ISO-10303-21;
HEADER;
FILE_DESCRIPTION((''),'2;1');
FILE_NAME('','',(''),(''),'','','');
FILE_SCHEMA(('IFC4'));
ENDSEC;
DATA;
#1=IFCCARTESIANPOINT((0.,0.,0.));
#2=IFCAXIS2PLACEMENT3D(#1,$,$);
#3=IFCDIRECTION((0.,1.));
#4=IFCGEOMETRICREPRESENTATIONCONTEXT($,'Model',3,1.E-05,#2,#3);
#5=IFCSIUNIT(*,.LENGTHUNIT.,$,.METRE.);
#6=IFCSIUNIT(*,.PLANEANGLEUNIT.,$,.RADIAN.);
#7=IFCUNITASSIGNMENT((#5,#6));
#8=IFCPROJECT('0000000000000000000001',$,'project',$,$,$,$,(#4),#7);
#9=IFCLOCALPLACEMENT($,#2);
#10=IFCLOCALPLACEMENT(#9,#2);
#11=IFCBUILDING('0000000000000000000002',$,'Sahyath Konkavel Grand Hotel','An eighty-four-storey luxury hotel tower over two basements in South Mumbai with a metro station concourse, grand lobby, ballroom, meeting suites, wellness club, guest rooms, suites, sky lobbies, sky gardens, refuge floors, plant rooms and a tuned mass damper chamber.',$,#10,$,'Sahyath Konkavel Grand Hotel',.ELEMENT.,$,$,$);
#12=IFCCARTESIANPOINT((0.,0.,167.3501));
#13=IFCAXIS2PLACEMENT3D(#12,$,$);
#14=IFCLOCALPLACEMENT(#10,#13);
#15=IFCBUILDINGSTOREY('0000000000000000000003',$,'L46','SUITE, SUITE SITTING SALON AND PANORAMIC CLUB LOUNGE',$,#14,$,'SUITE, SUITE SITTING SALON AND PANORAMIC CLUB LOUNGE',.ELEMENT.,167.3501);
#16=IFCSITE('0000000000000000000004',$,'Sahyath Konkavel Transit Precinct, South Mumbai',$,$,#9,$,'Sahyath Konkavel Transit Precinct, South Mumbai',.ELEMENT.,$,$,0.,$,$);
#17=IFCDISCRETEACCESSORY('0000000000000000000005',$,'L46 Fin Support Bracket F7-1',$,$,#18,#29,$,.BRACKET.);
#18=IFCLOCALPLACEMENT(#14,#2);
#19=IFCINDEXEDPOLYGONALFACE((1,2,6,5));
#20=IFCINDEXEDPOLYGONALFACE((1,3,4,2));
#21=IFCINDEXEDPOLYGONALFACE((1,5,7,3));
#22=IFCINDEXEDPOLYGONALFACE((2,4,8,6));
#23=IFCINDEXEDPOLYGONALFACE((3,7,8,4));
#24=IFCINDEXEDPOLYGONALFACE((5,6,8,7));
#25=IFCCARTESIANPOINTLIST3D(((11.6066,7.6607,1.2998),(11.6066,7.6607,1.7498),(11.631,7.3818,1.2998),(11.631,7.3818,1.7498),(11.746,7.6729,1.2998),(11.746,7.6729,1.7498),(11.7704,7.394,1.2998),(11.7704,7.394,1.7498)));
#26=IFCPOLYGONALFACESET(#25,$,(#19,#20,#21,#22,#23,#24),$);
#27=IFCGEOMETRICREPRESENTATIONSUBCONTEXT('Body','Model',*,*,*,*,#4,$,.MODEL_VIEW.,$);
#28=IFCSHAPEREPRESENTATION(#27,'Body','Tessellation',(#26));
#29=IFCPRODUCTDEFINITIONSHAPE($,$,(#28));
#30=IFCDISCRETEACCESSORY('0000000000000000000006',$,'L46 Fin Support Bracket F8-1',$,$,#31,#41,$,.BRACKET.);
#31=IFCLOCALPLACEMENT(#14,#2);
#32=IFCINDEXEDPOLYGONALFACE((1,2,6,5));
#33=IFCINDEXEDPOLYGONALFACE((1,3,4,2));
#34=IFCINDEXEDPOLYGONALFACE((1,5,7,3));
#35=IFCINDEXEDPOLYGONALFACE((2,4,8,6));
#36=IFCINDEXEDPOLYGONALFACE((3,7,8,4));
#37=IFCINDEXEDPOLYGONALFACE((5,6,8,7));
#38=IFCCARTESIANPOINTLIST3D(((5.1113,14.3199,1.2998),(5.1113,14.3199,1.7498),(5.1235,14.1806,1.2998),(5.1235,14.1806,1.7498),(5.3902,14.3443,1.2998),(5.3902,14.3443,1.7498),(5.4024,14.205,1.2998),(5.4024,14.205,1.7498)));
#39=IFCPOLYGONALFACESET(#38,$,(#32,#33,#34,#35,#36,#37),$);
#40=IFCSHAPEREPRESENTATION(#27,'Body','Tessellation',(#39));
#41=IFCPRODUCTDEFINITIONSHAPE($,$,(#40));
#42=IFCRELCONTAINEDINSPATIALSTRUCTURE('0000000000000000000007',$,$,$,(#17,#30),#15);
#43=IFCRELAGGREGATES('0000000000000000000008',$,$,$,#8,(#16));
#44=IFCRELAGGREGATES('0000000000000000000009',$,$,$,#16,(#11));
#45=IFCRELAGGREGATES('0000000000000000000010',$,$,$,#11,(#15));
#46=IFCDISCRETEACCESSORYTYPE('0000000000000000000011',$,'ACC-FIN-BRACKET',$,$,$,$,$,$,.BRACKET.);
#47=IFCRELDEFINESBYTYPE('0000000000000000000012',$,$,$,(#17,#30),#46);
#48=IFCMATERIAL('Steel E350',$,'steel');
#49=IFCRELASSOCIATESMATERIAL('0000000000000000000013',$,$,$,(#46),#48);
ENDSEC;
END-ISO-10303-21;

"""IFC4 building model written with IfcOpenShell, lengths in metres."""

from ifc_helpers import new_model, si_unit, direction, frame, origin, origin_2d, place, context, subcontext, project, spatial, rectangle, extrude, source, transform, mapped, material, type_object, element, save


model = new_model("IFC4")

# Units and contexts
model_context = context("Model", 3, precision=1e-05, world=origin(), true_north=direction((0.0, 1.0)))
body_context = subcontext(model_context, "Body", "Model", "MODEL_VIEW")
ifc_project = project(units=[si_unit("LENGTHUNIT", "METRE"), si_unit("PLANEANGLEUNIT", "RADIAN")], contexts=[model_context])

# Site, building, storey
site_placement = place(None, origin())
site = spatial("IfcSite", under=ifc_project, at=site_placement, Name="Sahyath Konkavel Transit Precinct, South Mumbai", LongName="Sahyath Konkavel Transit Precinct, South Mumbai", CompositionType="ELEMENT", RefElevation=0.0)
building_placement = place(site_placement, origin())
building = spatial("IfcBuilding", under=site, at=building_placement, Name="Sahyath Konkavel Grand Hotel", Description="An eighty-four-storey luxury hotel tower over two basements in South Mumbai with a metro station concourse, grand lobby, ballroom, meeting suites, wellness club, guest rooms, suites, sky lobbies, sky gardens, refuge floors, plant rooms and a tuned mass damper chamber.", LongName="Sahyath Konkavel Grand Hotel", CompositionType="ELEMENT")
storey_placement = place(building_placement, frame((0.0, 0.0, 167.3501)))
storey = spatial("IfcBuildingStorey", under=building, at=storey_placement, Name="L46", Description="SUITE, SUITE SITTING SALON AND PANORAMIC CLUB LOUNGE", LongName="SUITE, SUITE SITTING SALON AND PANORAMIC CLUB LOUNGE", CompositionType="ELEMENT", Elevation=167.3501)

# Shared definitions
ifc_material_1 = material(Name="Steel E350", Category="steel")

# Discrete accessories
discrete_accessory_type = type_object("IfcDiscreteAccessoryType", Name="ACC-FIN-BRACKET", PredefinedType="BRACKET", material=ifc_material_1)
shared_shape_1 = source(origin(), body_context, "Body", "SweptSolid", [
    extrude(rectangle(XDim=0.28, YDim=0.1399, at=origin_2d()), origin(), (0.0, 0.0, 1.0), 0.45),
])
for number, where, z_axis, x_axis, name in (
    (1, (11.6885, 7.5273, 1.2998), (0.0, 0.0, 1.0), (-0.087156, 0.996195, 0.0), "L46 Fin Support Bracket F7-1"),
    (2, (5.2568, 14.2625, 1.2998), (0.0, 0.0, 1.0), (0.996195, 0.087156, 0.0), "L46 Fin Support Bracket F8-1"),
):
    element("IfcDiscreteAccessory", number, at=place(storey_placement, frame(where, z_axis=z_axis, x_axis=x_axis)), inside=storey, type_object=discrete_accessory_type, Name=name, PredefinedType="BRACKET", context=body_context, shape_type="MappedRepresentation", body=[
        mapped(shared_shape_1, transform((0.0, 0.0, 0.0), scale=1.0)),
    ])

save(model, "model.ifc")
